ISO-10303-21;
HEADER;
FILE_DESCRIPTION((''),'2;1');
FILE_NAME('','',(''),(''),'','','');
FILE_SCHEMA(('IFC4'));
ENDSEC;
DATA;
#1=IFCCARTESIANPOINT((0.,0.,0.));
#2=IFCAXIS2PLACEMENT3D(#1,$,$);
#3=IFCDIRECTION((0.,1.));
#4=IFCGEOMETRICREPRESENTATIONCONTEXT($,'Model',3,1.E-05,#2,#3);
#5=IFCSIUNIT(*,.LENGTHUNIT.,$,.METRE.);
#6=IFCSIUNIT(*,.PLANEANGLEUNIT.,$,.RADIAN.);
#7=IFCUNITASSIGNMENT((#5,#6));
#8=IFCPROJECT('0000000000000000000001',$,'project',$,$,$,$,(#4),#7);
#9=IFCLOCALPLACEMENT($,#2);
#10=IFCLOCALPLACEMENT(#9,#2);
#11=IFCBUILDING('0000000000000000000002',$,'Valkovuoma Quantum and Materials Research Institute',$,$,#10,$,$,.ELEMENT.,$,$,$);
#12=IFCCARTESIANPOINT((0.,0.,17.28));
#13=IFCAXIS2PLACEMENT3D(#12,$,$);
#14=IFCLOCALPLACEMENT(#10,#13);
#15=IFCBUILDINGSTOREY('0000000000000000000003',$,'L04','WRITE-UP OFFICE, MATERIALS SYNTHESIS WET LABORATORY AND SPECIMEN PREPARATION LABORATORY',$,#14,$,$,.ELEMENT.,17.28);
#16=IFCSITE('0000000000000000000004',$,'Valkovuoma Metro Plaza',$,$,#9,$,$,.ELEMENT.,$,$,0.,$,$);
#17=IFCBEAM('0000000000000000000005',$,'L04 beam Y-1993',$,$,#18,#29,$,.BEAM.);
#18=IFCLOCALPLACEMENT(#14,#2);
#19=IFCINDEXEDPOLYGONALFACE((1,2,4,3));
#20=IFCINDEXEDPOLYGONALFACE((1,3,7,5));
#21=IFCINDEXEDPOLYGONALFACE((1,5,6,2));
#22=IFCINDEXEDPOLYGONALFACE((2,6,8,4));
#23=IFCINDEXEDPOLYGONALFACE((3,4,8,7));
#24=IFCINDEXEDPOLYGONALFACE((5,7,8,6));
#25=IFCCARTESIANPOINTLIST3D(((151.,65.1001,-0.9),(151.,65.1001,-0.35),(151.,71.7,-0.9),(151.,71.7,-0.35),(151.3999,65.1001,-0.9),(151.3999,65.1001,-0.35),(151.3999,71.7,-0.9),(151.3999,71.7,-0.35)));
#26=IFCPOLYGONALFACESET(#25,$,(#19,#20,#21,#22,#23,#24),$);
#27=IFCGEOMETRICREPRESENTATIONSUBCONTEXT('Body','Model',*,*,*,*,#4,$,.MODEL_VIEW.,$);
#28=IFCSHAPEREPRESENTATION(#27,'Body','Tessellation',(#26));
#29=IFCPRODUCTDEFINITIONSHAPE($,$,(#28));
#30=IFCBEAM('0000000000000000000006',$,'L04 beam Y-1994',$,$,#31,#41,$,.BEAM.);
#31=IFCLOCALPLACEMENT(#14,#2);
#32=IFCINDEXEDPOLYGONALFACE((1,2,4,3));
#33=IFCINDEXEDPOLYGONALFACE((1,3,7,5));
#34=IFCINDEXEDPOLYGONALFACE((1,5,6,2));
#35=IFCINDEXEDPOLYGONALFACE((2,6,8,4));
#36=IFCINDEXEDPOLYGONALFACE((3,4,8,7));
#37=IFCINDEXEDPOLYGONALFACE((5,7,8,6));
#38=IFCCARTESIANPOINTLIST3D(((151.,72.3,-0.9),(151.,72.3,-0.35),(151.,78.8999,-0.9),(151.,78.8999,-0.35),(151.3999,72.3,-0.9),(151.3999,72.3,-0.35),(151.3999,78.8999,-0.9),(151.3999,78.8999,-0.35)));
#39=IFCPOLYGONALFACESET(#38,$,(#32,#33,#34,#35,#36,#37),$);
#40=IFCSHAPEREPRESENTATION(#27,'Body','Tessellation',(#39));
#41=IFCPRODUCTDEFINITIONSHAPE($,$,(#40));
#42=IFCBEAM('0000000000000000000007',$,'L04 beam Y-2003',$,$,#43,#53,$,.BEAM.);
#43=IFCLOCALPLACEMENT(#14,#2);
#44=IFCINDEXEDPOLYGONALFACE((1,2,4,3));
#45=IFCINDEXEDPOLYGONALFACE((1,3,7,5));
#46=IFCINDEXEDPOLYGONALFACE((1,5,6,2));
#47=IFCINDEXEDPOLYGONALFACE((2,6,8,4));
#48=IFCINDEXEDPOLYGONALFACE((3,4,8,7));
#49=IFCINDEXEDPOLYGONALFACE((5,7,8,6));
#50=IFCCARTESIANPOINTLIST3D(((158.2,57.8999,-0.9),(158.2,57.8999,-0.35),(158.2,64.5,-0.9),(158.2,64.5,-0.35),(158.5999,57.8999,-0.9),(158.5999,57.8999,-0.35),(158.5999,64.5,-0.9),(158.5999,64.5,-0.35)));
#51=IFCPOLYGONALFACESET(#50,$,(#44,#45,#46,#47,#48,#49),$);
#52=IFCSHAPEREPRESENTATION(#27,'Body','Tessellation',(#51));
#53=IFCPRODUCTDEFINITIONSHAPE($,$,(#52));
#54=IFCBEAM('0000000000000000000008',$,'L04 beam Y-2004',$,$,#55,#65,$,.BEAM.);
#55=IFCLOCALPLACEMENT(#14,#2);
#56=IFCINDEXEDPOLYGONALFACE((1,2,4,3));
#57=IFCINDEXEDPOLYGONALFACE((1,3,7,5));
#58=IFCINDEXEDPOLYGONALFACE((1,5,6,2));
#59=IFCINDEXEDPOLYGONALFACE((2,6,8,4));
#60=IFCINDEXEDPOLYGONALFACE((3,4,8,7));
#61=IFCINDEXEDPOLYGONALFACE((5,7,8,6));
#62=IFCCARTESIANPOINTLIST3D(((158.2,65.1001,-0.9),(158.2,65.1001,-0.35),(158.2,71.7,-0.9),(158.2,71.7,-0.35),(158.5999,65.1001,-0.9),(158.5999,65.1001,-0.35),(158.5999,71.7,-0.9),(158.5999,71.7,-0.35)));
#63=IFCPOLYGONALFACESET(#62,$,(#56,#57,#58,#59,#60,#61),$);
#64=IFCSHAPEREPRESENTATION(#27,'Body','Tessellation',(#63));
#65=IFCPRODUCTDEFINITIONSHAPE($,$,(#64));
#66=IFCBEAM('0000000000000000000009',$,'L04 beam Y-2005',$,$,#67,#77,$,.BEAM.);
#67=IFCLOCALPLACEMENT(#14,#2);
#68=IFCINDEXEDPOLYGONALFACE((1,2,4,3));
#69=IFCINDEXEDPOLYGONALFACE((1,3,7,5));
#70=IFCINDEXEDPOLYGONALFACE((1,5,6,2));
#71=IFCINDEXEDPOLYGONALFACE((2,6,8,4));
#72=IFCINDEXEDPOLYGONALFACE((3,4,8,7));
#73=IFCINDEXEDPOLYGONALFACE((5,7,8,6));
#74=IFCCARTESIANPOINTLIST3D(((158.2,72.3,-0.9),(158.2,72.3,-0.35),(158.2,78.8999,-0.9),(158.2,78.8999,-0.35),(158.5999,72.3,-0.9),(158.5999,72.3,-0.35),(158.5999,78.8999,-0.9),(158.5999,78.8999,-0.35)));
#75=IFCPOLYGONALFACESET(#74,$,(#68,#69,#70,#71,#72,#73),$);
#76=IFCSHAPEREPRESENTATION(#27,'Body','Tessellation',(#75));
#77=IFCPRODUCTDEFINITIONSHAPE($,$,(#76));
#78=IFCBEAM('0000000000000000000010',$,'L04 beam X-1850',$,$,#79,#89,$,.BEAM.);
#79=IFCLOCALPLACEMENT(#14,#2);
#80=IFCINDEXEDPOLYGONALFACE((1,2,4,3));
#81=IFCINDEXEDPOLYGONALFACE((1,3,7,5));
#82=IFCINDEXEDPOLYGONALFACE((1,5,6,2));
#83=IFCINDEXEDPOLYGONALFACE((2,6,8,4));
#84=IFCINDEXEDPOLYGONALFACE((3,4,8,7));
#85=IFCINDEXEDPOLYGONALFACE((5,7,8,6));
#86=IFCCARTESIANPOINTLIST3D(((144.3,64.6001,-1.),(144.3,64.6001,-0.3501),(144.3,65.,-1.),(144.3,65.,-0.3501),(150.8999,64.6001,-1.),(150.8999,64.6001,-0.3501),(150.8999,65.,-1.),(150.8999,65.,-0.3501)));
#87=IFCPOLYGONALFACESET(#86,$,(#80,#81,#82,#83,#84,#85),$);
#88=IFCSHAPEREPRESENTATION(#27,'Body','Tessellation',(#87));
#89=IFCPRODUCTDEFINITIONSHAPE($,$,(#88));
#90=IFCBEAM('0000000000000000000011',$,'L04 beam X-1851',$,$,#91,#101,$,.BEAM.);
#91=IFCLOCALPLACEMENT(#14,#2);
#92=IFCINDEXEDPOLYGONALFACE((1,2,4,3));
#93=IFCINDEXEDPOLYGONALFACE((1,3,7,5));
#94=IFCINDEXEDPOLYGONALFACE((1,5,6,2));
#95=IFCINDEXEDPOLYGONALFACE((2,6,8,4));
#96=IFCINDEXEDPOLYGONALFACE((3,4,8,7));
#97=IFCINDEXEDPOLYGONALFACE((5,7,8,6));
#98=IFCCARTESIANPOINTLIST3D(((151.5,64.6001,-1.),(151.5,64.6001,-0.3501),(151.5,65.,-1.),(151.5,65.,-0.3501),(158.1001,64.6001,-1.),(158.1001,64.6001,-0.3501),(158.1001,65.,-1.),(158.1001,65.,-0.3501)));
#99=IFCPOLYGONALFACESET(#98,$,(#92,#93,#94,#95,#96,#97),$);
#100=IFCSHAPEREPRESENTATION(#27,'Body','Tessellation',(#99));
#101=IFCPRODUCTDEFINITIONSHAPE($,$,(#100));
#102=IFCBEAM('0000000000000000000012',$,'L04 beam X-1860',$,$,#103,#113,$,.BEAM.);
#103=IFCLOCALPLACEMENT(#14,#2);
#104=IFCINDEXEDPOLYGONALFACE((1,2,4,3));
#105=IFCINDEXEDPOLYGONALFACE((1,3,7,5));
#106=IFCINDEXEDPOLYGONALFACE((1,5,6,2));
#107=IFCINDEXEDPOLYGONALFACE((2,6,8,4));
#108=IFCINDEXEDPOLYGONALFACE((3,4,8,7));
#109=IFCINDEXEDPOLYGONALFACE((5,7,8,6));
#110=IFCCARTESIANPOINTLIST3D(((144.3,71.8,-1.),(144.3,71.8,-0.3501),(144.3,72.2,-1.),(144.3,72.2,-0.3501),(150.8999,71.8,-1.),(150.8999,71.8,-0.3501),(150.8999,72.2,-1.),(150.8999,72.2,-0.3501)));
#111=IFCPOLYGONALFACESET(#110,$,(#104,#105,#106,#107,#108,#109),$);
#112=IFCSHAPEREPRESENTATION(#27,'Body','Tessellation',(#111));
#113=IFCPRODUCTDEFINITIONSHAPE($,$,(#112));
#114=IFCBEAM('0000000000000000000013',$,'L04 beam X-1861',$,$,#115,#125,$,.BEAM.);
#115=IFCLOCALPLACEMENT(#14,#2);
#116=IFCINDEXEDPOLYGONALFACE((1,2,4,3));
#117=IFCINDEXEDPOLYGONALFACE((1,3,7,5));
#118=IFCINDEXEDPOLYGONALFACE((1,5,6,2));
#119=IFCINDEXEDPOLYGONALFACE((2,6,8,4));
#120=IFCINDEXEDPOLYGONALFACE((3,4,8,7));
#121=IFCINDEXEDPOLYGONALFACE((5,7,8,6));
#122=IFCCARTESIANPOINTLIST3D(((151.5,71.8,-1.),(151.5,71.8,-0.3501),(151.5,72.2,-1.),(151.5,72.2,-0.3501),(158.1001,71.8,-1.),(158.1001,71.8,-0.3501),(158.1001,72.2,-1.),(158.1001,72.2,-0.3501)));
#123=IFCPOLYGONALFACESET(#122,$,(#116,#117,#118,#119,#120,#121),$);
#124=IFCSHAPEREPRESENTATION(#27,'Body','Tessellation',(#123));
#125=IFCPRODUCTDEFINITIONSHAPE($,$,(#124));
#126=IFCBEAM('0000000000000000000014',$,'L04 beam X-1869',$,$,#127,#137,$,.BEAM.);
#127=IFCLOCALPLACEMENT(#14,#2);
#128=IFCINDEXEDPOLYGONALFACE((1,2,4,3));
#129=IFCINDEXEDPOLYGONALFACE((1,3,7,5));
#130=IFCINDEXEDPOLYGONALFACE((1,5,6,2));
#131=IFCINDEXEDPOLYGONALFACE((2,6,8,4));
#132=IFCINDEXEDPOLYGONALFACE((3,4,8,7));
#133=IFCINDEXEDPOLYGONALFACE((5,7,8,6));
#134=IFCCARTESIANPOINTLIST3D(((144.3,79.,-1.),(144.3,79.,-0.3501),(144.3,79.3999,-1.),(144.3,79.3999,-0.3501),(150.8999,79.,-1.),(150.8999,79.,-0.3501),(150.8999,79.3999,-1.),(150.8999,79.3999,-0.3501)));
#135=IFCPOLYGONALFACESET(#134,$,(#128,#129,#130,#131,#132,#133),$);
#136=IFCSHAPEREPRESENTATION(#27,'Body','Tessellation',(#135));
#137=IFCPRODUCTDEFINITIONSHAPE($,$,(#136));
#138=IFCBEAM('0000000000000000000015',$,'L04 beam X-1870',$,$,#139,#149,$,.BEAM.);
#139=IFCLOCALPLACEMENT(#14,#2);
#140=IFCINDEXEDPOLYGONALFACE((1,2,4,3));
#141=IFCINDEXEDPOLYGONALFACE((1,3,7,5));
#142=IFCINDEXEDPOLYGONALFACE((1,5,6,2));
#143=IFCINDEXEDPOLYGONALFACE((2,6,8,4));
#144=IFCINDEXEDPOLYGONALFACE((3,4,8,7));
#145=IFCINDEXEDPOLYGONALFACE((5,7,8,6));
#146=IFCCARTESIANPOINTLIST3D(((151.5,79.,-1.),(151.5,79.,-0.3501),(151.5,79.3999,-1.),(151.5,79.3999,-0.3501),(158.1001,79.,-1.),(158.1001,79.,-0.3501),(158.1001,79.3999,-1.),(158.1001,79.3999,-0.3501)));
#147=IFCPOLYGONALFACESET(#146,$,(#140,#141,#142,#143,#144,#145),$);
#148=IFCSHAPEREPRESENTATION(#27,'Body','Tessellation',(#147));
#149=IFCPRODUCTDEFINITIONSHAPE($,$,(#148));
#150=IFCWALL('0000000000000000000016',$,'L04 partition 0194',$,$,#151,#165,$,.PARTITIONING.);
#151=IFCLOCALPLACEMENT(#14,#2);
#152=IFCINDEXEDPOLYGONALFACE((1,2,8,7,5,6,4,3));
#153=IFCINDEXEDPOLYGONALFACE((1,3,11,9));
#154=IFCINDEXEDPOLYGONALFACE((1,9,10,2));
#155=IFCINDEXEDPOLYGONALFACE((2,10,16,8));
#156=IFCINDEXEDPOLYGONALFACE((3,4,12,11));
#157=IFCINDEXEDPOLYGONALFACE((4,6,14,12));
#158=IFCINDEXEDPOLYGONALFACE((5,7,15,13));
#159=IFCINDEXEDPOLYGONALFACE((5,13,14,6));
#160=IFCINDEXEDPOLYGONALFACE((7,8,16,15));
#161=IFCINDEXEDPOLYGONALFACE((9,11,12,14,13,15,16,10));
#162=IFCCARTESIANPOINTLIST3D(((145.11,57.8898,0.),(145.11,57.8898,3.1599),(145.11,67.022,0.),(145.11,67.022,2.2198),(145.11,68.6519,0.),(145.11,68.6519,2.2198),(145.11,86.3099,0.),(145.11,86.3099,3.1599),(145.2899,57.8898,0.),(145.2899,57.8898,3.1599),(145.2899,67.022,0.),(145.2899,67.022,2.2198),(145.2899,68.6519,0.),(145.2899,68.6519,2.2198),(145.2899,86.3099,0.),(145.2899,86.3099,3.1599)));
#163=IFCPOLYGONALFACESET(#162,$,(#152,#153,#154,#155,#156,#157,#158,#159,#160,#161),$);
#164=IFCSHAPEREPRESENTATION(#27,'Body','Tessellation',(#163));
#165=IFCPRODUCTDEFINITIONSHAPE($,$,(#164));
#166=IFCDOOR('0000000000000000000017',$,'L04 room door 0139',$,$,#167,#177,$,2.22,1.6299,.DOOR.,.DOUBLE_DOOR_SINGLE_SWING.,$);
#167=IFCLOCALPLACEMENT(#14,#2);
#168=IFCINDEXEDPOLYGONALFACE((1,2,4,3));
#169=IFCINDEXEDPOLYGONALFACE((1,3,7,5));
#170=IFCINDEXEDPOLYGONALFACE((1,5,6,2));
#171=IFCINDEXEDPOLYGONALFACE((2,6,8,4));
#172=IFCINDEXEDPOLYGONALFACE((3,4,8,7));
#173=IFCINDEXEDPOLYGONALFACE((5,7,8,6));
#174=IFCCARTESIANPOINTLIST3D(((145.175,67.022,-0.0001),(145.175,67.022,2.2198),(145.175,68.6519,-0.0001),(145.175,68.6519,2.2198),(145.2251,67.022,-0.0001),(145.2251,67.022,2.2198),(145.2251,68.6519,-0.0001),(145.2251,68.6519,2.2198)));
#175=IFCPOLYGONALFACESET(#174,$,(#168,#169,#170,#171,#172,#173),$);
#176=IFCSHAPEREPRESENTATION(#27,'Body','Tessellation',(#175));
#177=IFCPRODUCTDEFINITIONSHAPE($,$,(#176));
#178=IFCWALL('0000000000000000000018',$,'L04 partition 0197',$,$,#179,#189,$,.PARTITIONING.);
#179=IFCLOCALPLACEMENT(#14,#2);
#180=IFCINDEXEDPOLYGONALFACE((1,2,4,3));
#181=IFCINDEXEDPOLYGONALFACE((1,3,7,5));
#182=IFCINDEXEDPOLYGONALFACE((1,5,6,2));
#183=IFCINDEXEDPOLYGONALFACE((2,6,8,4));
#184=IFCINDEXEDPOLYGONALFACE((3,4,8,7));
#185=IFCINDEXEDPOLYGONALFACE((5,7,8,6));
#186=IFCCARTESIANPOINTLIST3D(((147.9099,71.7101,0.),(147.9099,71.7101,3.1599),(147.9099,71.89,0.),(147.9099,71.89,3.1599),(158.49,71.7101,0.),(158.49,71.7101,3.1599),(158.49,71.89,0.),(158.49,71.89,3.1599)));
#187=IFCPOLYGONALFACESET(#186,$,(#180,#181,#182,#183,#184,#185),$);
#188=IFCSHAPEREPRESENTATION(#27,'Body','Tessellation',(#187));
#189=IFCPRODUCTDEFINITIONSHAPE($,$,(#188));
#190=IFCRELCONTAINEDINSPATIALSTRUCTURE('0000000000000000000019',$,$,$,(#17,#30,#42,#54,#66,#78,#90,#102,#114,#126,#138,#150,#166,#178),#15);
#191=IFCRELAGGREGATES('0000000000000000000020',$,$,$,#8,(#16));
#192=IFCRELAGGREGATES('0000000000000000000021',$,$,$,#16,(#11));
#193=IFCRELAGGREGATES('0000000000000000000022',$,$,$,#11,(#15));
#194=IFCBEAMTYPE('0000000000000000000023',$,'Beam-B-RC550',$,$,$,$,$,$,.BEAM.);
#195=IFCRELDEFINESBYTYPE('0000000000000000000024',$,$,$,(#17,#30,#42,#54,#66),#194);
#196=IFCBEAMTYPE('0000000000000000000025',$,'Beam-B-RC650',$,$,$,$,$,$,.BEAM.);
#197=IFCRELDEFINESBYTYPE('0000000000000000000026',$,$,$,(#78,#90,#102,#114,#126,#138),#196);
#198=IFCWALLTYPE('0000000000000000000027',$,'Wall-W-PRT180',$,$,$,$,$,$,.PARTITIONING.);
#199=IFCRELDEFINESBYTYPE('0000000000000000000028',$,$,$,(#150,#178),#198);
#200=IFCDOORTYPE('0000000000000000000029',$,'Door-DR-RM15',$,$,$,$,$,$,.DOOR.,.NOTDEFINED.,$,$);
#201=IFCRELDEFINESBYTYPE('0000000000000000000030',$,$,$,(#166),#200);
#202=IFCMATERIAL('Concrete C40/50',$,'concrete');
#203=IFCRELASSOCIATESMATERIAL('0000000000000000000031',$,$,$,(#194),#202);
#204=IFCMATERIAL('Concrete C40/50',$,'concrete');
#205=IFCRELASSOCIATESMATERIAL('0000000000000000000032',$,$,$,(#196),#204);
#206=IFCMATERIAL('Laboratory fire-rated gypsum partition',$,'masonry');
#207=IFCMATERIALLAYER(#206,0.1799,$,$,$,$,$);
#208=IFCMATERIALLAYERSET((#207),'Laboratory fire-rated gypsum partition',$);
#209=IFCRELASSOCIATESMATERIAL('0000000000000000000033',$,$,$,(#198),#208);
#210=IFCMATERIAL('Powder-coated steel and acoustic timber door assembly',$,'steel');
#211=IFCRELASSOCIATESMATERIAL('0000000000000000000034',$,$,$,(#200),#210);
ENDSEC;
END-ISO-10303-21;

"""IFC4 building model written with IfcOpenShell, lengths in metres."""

from ifc_helpers import new_model, si_unit, direction, frame, frame_2d, origin, origin_2d, place, context, subcontext, project, spatial, rectangle, extrude, material, layer, layer_set, material_profile, profile_set, type_object, element, fill, save


model = new_model("IFC4")

# Units and contexts
model_context = context("Model", 3, precision=1e-05, world=origin(), true_north=direction((0.0, 1.0)))
body_context = subcontext(model_context, "Body", "Model", "MODEL_VIEW")
ifc_project = project(units=[si_unit("LENGTHUNIT", "METRE"), si_unit("PLANEANGLEUNIT", "RADIAN")], contexts=[model_context])

# Site, building, storey
site_placement = place(None, origin())
site = spatial("IfcSite", under=ifc_project, at=site_placement, Name="Valkovuoma Metro Plaza", CompositionType="ELEMENT", RefElevation=0.0)
building_placement = place(site_placement, origin())
building = spatial("IfcBuilding", under=site, at=building_placement, Name="Valkovuoma Quantum and Materials Research Institute", CompositionType="ELEMENT")
storey_placement = place(building_placement, frame((0.0, 0.0, 17.28)))
storey = spatial("IfcBuildingStorey", under=building, at=storey_placement, Name="L04", Description="WRITE-UP OFFICE, MATERIALS SYNTHESIS WET LABORATORY AND SPECIMEN PREPARATION LABORATORY", CompositionType="ELEMENT", Elevation=17.28)

# Beams
ifc_material_1 = material(Name="Concrete C40/50", Category="concrete")
ifc_material_profile_1 = material_profile(ifc_material_1, rectangle(XDim=0.3999, YDim=0.55, at=origin_2d()), Name="Concrete C40/50")
ifc_profile_set_1 = profile_set([ifc_material_profile_1], Name="Concrete C40/50")
beam_type_1 = type_object("IfcBeamType", Name="Beam-B-RC550", PredefinedType="BEAM", material=ifc_profile_set_1)
for number, where, z_axis, x_axis, name in (
    (1, (151.2, 65.1001, -0.625), (0.0, 1.0, 0.0), (-1.0, 0.0, 0.0), "L04 beam Y-1993"),
    (2, (151.2, 72.3, -0.625), (0.0, 1.0, 0.0), (-1.0, 0.0, 0.0), "L04 beam Y-1994"),
):
    element("IfcBeam", number, at=place(storey_placement, frame(where, z_axis=z_axis, x_axis=x_axis)), inside=storey, type_object=beam_type_1, Name=name, PredefinedType="BEAM", context=body_context, shape_type="SweptSolid", body=[
        extrude(rectangle(XDim=0.3999, YDim=0.55, at=origin_2d()), origin(), (0.0, 0.0, 1.0), 6.5999),
    ])
beam_1_placement = place(storey_placement, frame((158.3999, 57.8999, -0.625), z_axis=(0.0, 1.0, 0.0), x_axis=(-1.0, 0.0, 0.0)))
element("IfcBeam", 3, at=beam_1_placement, inside=storey, type_object=beam_type_1, Name="L04 beam Y-2003", PredefinedType="BEAM", context=body_context, shape_type="SweptSolid", body=[
    extrude(rectangle(XDim=0.3999, YDim=0.55, at=origin_2d()), origin(), (0.0, 0.0, 1.0), 6.6001),
])
for number, where, z_axis, x_axis, name in (
    (4, (158.3999, 65.1001, -0.625), (0.0, 1.0, 0.0), (-1.0, 0.0, 0.0), "L04 beam Y-2004"),
    (5, (158.3999, 72.3, -0.625), (0.0, 1.0, 0.0), (-1.0, 0.0, 0.0), "L04 beam Y-2005"),
):
    element("IfcBeam", number, at=place(storey_placement, frame(where, z_axis=z_axis, x_axis=x_axis)), inside=storey, type_object=beam_type_1, Name=name, PredefinedType="BEAM", context=body_context, shape_type="SweptSolid", body=[
        extrude(rectangle(XDim=0.3999, YDim=0.55, at=origin_2d()), origin(), (0.0, 0.0, 1.0), 6.5999),
    ])
ifc_material_2 = material(Name="Concrete C40/50", Category="concrete")
ifc_material_profile_2 = material_profile(ifc_material_2, rectangle(XDim=0.3999, YDim=0.6499, at=origin_2d()), Name="Concrete C40/50")
ifc_profile_set_2 = profile_set([ifc_material_profile_2], Name="Concrete C40/50")
beam_type_2 = type_object("IfcBeamType", Name="Beam-B-RC650", PredefinedType="BEAM", material=ifc_profile_set_2)
beam_2_placement = place(storey_placement, frame((144.3, 64.8, -0.675), z_axis=(1.0, 0.0, 0.0), x_axis=(0.0, 1.0, 0.0)))
element("IfcBeam", 6, at=beam_2_placement, inside=storey, type_object=beam_type_2, Name="L04 beam X-1850", PredefinedType="BEAM", context=body_context, shape_type="SweptSolid", body=[
    extrude(rectangle(XDim=0.3999, YDim=0.6499, at=origin_2d()), origin(), (0.0, 0.0, 1.0), 6.5999),
])
beam_3_placement = place(storey_placement, frame((151.5, 64.8, -0.675), z_axis=(1.0, 0.0, 0.0), x_axis=(0.0, 1.0, 0.0)))
element("IfcBeam", 7, at=beam_3_placement, inside=storey, type_object=beam_type_2, Name="L04 beam X-1851", PredefinedType="BEAM", context=body_context, shape_type="SweptSolid", body=[
    extrude(rectangle(XDim=0.3999, YDim=0.6499, at=origin_2d()), origin(), (0.0, 0.0, 1.0), 6.6001),
])
beam_4_placement = place(storey_placement, frame((144.3, 72.0, -0.675), z_axis=(1.0, 0.0, 0.0), x_axis=(0.0, 1.0, 0.0)))
element("IfcBeam", 8, at=beam_4_placement, inside=storey, type_object=beam_type_2, Name="L04 beam X-1860", PredefinedType="BEAM", context=body_context, shape_type="SweptSolid", body=[
    extrude(rectangle(XDim=0.3999, YDim=0.6499, at=origin_2d()), origin(), (0.0, 0.0, 1.0), 6.5999),
])
beam_5_placement = place(storey_placement, frame((151.5, 72.0, -0.675), z_axis=(1.0, 0.0, 0.0), x_axis=(0.0, 1.0, 0.0)))
element("IfcBeam", 9, at=beam_5_placement, inside=storey, type_object=beam_type_2, Name="L04 beam X-1861", PredefinedType="BEAM", context=body_context, shape_type="SweptSolid", body=[
    extrude(rectangle(XDim=0.3999, YDim=0.6499, at=origin_2d()), origin(), (0.0, 0.0, 1.0), 6.6001),
])
beam_6_placement = place(storey_placement, frame((144.3, 79.2, -0.675), z_axis=(1.0, 0.0, 0.0), x_axis=(0.0, 1.0, 0.0)))
element("IfcBeam", 10, at=beam_6_placement, inside=storey, type_object=beam_type_2, Name="L04 beam X-1869", PredefinedType="BEAM", context=body_context, shape_type="SweptSolid", body=[
    extrude(rectangle(XDim=0.3999, YDim=0.6499, at=origin_2d()), origin(), (0.0, 0.0, 1.0), 6.5999),
])
beam_7_placement = place(storey_placement, frame((151.5, 79.2, -0.675), z_axis=(1.0, 0.0, 0.0), x_axis=(0.0, 1.0, 0.0)))
element("IfcBeam", 11, at=beam_7_placement, inside=storey, type_object=beam_type_2, Name="L04 beam X-1870", PredefinedType="BEAM", context=body_context, shape_type="SweptSolid", body=[
    extrude(rectangle(XDim=0.3999, YDim=0.6499, at=origin_2d()), origin(), (0.0, 0.0, 1.0), 6.6001),
])

# Wall, opening, door
ifc_material_3 = material(Name="Laboratory fire-rated gypsum partition", Category="masonry")
ifc_layer = layer(ifc_material_3, 0.1799)
ifc_layer_set = layer_set([ifc_layer], Name="Laboratory fire-rated gypsum partition")
wall_type = type_object("IfcWallType", Name="Wall-W-PRT180", PredefinedType="PARTITIONING", material=ifc_layer_set)
wall_1_placement = place(storey_placement, frame((145.2, 57.8899, 0.0), z_axis=(0.0, 0.0, 1.0), x_axis=(0.0, 1.0, 0.0)))
wall_1 = element("IfcWall", 12, at=wall_1_placement, inside=storey, type_object=wall_type, Name="L04 partition 0194", PredefinedType="PARTITIONING", context=body_context, shape_type="SweptSolid", body=[
    extrude(rectangle(XDim=28.4202, YDim=0.1799, at=frame_2d((14.21, 0.0))), origin(), (0.0, 0.0, 1.0), 3.1599),
])
opening_1_placement = place(wall_1_placement, frame((9.1321, 0.0, 0.0)))
opening_1 = element("IfcOpeningElement", 13, at=opening_1_placement, cuts=wall_1, PredefinedType="OPENING", context=body_context, shape_type="SweptSolid", body=[
    extrude(rectangle(XDim=1.6299, YDim=2.22, at=frame_2d((0.8149, 1.1099))), frame((0.0, 0.1001, 0.0), z_axis=(0.0, -1.0, 0.0), x_axis=(1.0, 0.0, 0.0)), (0.0, 0.0, 1.0), 0.2),
])
ifc_material_4 = material(Name="Powder-coated steel and acoustic timber door assembly", Category="steel")
door_type_1 = type_object("IfcDoorType", Name="Door-DR-RM15", OperationType="NOTDEFINED", PredefinedType="DOOR", material=ifc_material_4)
door_1_placement = place(opening_1_placement, origin())
door_1 = element("IfcDoor", 14, at=door_1_placement, inside=storey, type_object=door_type_1, Name="L04 room door 0139", OperationType="DOUBLE_DOOR_SINGLE_SWING", OverallHeight=2.22, OverallWidth=1.6299, PredefinedType="DOOR", context=body_context, shape_type="SweptSolid", body=[
    extrude(rectangle(XDim=1.6299, YDim=2.22, at=frame_2d((0.8149, 1.1099))), frame((0.0, 0.0249, 0.0), z_axis=(0.0, -1.0, 0.0), x_axis=(1.0, 0.0, 0.0)), (0.0, 0.0, 1.0), 0.05),
])
fill(opening_1, door_1)

# Wall
wall_2_placement = place(storey_placement, frame((147.9099, 71.8, 0.0), z_axis=(0.0, 0.0, 1.0), x_axis=(1.0, 0.0, 0.0)))
element("IfcWall", 15, at=wall_2_placement, inside=storey, type_object=wall_type, Name="L04 partition 0197", PredefinedType="PARTITIONING", context=body_context, shape_type="SweptSolid", body=[
    extrude(rectangle(XDim=10.5801, YDim=0.1799, at=frame_2d((5.29, 0.0))), origin(), (0.0, 0.0, 1.0), 3.1599),
])

save(model, "model.ifc")
